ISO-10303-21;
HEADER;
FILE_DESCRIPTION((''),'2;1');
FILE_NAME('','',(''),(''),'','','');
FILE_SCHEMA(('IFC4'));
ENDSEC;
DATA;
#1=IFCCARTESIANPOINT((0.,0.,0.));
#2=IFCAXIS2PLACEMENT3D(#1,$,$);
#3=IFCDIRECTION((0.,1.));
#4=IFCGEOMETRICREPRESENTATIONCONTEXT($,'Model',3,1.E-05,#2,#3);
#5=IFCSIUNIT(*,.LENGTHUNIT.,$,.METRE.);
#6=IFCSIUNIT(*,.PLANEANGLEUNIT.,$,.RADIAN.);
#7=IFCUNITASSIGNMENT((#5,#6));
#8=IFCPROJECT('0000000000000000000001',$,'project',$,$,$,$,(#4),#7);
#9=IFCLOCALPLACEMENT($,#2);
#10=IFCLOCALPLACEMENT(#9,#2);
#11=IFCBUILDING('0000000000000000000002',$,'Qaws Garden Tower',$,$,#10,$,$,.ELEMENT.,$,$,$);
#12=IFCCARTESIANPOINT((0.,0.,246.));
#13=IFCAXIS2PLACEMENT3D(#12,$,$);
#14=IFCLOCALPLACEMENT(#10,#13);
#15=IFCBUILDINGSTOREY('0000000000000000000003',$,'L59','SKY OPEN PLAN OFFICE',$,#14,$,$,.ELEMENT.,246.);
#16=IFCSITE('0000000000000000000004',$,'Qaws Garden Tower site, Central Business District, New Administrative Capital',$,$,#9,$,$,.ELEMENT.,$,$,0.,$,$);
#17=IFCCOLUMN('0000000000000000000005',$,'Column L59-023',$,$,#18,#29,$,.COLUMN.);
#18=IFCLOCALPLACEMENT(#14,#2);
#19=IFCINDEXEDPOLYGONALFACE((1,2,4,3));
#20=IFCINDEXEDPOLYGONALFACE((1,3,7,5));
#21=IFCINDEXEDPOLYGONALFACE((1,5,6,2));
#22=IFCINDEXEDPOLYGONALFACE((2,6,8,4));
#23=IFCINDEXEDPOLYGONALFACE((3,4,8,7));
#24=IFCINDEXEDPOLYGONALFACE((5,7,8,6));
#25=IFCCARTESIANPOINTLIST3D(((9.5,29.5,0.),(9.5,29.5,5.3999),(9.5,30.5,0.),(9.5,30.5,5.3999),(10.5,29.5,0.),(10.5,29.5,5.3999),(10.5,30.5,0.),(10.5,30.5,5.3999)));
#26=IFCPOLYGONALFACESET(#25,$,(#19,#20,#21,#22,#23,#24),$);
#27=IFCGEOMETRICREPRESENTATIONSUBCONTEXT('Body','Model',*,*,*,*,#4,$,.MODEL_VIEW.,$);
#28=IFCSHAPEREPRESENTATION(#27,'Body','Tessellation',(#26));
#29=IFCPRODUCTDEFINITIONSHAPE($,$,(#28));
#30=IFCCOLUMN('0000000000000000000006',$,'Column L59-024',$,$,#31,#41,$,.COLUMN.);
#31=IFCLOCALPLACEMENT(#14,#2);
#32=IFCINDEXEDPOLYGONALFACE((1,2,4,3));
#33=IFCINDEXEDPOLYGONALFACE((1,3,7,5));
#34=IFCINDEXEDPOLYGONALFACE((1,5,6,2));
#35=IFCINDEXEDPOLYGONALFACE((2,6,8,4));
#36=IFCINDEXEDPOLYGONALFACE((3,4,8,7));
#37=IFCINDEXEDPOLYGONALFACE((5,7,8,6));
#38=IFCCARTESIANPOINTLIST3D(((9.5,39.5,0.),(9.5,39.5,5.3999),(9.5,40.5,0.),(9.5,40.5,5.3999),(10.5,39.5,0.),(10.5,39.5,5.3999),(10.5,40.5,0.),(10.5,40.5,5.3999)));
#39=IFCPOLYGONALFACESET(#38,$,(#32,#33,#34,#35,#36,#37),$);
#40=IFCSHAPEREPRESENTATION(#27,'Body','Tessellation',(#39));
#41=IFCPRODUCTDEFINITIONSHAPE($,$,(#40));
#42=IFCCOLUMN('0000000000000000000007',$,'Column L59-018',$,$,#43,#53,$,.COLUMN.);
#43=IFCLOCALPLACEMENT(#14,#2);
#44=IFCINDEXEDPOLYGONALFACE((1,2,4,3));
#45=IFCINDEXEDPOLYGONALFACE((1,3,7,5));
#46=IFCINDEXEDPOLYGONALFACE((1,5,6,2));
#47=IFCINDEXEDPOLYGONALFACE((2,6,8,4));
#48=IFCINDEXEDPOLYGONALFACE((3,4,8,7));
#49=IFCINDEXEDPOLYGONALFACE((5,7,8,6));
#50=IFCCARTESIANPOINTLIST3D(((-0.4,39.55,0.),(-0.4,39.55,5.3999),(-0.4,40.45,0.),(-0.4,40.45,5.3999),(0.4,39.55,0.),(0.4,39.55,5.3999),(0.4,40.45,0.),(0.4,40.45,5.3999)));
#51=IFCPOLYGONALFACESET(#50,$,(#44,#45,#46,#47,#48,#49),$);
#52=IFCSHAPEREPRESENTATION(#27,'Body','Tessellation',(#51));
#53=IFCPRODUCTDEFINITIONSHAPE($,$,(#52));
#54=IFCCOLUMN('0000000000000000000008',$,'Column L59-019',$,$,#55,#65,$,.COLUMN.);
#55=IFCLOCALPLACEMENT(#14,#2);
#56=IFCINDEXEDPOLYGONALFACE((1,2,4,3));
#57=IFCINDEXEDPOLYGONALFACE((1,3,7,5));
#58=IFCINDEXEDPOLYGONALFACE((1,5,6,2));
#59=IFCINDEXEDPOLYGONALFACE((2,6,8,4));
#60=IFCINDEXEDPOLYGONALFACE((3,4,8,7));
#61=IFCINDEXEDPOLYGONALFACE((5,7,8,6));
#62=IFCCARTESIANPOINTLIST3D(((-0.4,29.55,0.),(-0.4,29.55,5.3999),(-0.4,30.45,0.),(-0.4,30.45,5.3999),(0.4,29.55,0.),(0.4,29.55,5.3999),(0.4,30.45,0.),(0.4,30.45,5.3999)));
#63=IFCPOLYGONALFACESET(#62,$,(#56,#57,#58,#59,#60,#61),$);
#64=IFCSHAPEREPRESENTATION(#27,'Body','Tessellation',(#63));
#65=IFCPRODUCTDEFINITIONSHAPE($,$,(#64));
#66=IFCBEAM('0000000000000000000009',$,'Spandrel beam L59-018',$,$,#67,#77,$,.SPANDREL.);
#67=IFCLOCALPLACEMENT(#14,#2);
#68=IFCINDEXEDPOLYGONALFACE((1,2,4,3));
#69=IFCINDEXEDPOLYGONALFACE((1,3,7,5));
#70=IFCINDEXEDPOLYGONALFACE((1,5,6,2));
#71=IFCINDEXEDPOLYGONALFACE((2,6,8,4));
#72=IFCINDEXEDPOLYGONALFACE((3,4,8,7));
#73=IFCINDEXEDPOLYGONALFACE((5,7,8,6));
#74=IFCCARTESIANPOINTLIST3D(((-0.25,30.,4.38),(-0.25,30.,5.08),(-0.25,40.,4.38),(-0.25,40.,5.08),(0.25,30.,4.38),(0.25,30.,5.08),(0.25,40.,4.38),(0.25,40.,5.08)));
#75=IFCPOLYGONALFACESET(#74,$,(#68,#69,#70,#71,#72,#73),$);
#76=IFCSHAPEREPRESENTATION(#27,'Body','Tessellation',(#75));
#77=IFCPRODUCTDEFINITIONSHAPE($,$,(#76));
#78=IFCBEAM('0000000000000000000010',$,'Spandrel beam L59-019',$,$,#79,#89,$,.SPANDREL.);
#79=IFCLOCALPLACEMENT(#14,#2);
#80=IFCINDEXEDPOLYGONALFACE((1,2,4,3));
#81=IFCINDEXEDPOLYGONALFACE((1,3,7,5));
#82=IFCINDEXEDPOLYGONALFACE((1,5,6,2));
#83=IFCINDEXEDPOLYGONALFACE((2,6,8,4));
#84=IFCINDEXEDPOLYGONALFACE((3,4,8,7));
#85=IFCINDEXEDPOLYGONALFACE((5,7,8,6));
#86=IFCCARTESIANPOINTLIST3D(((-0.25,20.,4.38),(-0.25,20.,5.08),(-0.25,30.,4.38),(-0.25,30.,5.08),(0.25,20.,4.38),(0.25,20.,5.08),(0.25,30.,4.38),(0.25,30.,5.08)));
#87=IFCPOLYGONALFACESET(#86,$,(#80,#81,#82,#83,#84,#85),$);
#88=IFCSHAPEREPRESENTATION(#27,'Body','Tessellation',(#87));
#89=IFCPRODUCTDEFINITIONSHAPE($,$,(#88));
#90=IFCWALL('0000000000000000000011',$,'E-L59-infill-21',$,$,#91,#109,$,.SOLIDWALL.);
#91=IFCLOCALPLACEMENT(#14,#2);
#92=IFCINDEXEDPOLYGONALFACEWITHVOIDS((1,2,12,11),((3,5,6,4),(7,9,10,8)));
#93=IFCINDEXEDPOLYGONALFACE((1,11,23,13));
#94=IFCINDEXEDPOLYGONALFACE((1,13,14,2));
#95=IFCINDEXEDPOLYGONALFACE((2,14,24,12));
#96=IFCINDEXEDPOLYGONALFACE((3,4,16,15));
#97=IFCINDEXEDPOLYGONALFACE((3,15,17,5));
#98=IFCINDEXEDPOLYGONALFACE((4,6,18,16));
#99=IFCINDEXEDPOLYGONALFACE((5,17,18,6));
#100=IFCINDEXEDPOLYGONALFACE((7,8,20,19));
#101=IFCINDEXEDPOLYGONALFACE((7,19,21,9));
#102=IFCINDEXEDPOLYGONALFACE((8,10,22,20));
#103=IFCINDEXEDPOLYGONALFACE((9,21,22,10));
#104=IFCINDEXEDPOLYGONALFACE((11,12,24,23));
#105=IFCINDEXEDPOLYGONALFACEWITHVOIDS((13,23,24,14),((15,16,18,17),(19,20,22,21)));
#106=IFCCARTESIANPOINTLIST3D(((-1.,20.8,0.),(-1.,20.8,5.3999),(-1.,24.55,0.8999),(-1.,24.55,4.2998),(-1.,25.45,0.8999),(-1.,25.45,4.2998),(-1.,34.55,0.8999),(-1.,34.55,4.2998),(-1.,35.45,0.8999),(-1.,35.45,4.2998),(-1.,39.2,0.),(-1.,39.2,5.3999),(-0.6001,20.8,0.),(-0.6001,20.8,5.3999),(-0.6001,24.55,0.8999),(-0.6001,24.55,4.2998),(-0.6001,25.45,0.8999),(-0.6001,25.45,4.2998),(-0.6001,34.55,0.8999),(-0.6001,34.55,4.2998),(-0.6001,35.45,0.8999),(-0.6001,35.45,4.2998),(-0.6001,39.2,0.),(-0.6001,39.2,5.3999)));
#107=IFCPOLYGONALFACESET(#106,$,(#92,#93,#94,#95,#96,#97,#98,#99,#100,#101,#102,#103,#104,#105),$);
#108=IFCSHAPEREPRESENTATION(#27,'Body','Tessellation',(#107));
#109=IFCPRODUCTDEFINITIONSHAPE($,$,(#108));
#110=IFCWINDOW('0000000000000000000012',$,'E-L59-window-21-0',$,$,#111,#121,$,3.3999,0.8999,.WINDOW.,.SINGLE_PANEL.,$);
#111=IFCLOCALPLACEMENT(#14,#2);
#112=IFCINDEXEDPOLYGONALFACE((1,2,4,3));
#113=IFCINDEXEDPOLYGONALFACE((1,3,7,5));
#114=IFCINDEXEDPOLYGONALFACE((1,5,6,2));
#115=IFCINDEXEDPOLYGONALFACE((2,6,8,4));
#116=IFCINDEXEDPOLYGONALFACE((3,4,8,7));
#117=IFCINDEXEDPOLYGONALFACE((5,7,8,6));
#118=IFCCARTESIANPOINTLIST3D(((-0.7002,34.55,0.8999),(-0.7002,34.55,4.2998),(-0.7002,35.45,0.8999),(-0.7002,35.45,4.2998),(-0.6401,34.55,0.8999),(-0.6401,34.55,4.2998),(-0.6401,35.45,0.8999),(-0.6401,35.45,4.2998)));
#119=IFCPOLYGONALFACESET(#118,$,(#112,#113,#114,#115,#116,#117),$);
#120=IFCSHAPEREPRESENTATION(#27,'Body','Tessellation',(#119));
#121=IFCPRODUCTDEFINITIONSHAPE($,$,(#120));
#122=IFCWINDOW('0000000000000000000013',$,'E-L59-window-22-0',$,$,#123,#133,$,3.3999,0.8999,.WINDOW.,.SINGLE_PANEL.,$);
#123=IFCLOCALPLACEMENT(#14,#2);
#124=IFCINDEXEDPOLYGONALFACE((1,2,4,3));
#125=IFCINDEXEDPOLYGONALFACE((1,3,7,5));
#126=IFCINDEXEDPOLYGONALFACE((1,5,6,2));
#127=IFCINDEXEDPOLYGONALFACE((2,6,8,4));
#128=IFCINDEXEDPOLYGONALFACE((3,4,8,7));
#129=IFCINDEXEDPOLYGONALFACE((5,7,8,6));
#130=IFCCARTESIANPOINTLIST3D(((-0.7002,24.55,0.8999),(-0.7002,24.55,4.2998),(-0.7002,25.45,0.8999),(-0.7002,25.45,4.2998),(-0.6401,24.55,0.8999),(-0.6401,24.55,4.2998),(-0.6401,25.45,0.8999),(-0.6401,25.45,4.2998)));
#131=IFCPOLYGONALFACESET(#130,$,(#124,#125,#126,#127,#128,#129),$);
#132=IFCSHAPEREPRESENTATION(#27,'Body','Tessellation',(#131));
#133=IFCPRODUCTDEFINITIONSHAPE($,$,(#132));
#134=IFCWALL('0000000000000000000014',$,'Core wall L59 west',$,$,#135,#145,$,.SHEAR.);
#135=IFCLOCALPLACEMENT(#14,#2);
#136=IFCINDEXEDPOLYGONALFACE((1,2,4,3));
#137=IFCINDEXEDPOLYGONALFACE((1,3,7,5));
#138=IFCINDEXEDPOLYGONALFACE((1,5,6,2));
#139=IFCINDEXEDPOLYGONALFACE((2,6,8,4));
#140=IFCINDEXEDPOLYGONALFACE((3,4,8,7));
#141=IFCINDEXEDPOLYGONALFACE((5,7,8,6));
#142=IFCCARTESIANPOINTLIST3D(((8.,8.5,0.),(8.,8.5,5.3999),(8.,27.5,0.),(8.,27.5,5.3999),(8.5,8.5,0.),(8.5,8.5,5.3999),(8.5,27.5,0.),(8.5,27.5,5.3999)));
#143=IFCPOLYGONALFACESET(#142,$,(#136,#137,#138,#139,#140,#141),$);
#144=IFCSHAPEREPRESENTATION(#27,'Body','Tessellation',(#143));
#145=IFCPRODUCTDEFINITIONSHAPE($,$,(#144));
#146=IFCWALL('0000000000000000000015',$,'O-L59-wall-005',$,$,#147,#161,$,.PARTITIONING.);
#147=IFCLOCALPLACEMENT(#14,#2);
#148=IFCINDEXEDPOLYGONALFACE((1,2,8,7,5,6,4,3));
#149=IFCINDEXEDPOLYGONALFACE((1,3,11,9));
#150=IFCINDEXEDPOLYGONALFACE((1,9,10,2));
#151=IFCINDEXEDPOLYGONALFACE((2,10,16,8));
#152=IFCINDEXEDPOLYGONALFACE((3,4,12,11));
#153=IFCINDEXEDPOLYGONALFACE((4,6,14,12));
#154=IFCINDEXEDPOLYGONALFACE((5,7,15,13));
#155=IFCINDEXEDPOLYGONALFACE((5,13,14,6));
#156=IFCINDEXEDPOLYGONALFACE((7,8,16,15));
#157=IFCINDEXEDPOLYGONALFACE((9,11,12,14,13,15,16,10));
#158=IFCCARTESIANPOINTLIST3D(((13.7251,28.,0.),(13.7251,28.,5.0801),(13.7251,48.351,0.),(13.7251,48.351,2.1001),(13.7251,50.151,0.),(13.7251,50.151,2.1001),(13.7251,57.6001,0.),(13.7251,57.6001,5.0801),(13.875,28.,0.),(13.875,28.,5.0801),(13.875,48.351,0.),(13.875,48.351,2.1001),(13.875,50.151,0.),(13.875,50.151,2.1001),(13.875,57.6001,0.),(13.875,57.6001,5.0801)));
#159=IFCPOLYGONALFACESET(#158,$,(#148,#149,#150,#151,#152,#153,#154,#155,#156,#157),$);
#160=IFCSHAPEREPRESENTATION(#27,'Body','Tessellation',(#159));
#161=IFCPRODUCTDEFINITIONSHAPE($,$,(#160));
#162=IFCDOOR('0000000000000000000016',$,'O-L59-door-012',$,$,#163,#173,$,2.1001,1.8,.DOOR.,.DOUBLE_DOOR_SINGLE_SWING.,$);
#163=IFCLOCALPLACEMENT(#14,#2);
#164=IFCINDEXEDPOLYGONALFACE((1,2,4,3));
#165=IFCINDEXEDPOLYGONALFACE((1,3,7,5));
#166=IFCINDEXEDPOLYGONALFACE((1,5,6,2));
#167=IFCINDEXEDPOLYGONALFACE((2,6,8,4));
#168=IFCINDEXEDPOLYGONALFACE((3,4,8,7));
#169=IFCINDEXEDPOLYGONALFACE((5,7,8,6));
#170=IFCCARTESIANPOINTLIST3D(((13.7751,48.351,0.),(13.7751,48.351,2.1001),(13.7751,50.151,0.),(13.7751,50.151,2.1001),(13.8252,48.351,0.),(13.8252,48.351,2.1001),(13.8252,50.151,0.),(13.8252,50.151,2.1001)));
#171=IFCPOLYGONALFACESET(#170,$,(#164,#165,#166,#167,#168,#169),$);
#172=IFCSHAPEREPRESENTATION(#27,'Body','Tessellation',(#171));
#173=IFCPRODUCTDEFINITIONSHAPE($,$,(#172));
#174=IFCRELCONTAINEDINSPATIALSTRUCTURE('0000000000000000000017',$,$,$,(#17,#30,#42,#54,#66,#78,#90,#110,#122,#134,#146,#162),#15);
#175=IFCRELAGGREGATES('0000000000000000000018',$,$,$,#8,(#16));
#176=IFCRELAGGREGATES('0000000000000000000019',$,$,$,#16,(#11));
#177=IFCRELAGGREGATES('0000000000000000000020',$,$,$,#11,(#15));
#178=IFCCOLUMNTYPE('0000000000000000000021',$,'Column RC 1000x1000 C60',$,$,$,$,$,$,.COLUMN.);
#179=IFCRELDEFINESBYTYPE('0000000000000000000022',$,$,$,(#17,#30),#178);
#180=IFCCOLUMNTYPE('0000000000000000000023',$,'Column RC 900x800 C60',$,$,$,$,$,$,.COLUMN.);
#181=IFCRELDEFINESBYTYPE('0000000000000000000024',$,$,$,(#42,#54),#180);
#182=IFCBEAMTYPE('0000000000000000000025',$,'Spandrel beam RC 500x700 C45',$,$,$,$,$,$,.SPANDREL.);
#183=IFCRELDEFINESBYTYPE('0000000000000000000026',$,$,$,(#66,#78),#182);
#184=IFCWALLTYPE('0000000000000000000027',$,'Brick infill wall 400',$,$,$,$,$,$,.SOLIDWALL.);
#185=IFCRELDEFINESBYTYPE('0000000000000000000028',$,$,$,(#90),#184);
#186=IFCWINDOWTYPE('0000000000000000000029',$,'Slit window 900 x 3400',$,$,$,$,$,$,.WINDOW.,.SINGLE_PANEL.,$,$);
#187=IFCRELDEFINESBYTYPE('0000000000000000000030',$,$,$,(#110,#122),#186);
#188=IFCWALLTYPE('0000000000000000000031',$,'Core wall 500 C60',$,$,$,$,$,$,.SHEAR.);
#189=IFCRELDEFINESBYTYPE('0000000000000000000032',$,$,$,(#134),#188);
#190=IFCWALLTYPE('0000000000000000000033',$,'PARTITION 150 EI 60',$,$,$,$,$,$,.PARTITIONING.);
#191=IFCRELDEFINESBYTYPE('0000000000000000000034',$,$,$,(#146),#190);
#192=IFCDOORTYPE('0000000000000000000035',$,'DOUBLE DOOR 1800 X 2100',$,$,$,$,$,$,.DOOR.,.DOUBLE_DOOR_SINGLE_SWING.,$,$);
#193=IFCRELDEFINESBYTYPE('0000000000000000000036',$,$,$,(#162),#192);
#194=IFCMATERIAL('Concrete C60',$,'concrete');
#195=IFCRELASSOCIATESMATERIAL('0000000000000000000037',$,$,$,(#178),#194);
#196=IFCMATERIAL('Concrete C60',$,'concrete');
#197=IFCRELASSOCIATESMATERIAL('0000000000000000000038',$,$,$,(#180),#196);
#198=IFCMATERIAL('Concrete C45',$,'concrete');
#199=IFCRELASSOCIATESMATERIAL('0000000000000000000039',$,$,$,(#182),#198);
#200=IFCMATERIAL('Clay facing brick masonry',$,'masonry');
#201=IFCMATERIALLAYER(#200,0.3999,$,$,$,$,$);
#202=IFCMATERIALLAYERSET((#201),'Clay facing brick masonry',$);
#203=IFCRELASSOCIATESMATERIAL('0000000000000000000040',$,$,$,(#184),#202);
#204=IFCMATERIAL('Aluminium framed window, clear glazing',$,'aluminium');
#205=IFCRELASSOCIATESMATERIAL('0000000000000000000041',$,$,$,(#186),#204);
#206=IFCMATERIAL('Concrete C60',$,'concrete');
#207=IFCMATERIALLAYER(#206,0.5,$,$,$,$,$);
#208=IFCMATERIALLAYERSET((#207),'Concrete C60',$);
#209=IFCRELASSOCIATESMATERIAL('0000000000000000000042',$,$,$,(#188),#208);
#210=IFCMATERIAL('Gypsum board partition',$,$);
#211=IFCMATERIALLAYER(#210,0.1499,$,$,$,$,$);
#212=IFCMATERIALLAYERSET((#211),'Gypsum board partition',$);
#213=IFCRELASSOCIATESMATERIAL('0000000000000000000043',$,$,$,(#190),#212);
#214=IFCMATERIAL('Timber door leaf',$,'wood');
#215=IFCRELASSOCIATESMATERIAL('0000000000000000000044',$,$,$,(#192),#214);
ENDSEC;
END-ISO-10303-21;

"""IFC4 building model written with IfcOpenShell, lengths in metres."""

from ifc_helpers import new_model, si_unit, direction, frame, frame_2d, origin, origin_2d, place, context, subcontext, project, spatial, rectangle, extrude, material, layer, layer_set, material_profile, profile_set, type_object, element, fill, save


model = new_model("IFC4")

# Units and contexts
model_context = context("Model", 3, precision=1e-05, world=origin(), true_north=direction((0.0, 1.0)))
body_context = subcontext(model_context, "Body", "Model", "MODEL_VIEW")
ifc_project = project(units=[si_unit("LENGTHUNIT", "METRE"), si_unit("PLANEANGLEUNIT", "RADIAN")], contexts=[model_context])

# Site, building, storey
site_placement = place(None, origin())
site = spatial("IfcSite", under=ifc_project, at=site_placement, Name="Qaws Garden Tower site, Central Business District, New Administrative Capital", CompositionType="ELEMENT", RefElevation=0.0)
building_placement = place(site_placement, origin())
building = spatial("IfcBuilding", under=site, at=building_placement, Name="Qaws Garden Tower", CompositionType="ELEMENT")
storey_placement = place(building_placement, frame((0.0, 0.0, 246.0)))
storey = spatial("IfcBuildingStorey", under=building, at=storey_placement, Name="L59", Description="SKY OPEN PLAN OFFICE", CompositionType="ELEMENT", Elevation=246.0)

# Columns
ifc_material_1 = material(Name="Concrete C60", Category="concrete")
ifc_material_profile_1 = material_profile(ifc_material_1, rectangle(XDim=1.0, YDim=1.0, at=origin_2d()), Name="RC 1000x1000")
ifc_profile_set_1 = profile_set([ifc_material_profile_1], Name="Concrete C60")
column_type_1 = type_object("IfcColumnType", Name="Column RC 1000x1000 C60", PredefinedType="COLUMN", material=ifc_profile_set_1)
for number, where, z_axis, x_axis, name in (
    (1, (10.0, 30.0, 0.0), (0.0, 0.0, 1.0), (1.0, 0.0, 0.0), "Column L59-023"),
    (2, (10.0, 40.0, 0.0), (0.0, 0.0, 1.0), (1.0, 0.0, 0.0), "Column L59-024"),
):
    element("IfcColumn", number, at=place(storey_placement, frame(where, z_axis=z_axis, x_axis=x_axis)), inside=storey, type_object=column_type_1, Name=name, PredefinedType="COLUMN", context=body_context, shape_type="SweptSolid", body=[
        extrude(rectangle(XDim=1.0, YDim=1.0, at=origin_2d()), origin(), (0.0, 0.0, 1.0), 5.3999),
    ])
ifc_material_2 = material(Name="Concrete C60", Category="concrete")
ifc_material_profile_2 = material_profile(ifc_material_2, rectangle(XDim=0.8999, YDim=0.8, at=origin_2d()), Name="RC 900x800")
ifc_profile_set_2 = profile_set([ifc_material_profile_2], Name="Concrete C60")
column_type_2 = type_object("IfcColumnType", Name="Column RC 900x800 C60", PredefinedType="COLUMN", material=ifc_profile_set_2)
for number, where, z_axis, x_axis, name in (
    (3, (0.0, 40.0, 0.0), (0.0, 0.0, 1.0), (0.0, 1.0, 0.0), "Column L59-018"),
    (4, (0.0, 30.0, 0.0), (0.0, 0.0, 1.0), (0.0, 1.0, 0.0), "Column L59-019"),
):
    element("IfcColumn", number, at=place(storey_placement, frame(where, z_axis=z_axis, x_axis=x_axis)), inside=storey, type_object=column_type_2, Name=name, PredefinedType="COLUMN", context=body_context, shape_type="SweptSolid", body=[
        extrude(rectangle(XDim=0.8999, YDim=0.8, at=origin_2d()), origin(), (0.0, 0.0, 1.0), 5.3999),
    ])

# Beams
ifc_material_3 = material(Name="Concrete C45", Category="concrete")
ifc_material_profile_3 = material_profile(ifc_material_3, rectangle(XDim=0.5, YDim=0.7, at=origin_2d()), Name="RC 500x700")
ifc_profile_set_3 = profile_set([ifc_material_profile_3], Name="Concrete C45")
beam_type = type_object("IfcBeamType", Name="Spandrel beam RC 500x700 C45", PredefinedType="SPANDREL", material=ifc_profile_set_3)
for number, where, z_axis, x_axis, name in (
    (5, (0.0, 40.0, 4.73), (0.0, -1.0, 0.0), (1.0, 0.0, 0.0), "Spandrel beam L59-018"),
    (6, (0.0, 30.0, 4.73), (0.0, -1.0, 0.0), (1.0, 0.0, 0.0), "Spandrel beam L59-019"),
):
    element("IfcBeam", number, at=place(storey_placement, frame(where, z_axis=z_axis, x_axis=x_axis)), inside=storey, type_object=beam_type, Name=name, PredefinedType="SPANDREL", context=body_context, shape_type="SweptSolid", body=[
        extrude(rectangle(XDim=0.5, YDim=0.7, at=origin_2d()), origin(), (0.0, 0.0, 1.0), 10.0),
    ])

# Wall, openings, windows
ifc_material_4 = material(Name="Clay facing brick masonry", Category="masonry")
ifc_layer_1 = layer(ifc_material_4, 0.3999)
ifc_layer_set_1 = layer_set([ifc_layer_1], Name="Clay facing brick masonry")
wall_type_1 = type_object("IfcWallType", Name="Brick infill wall 400", PredefinedType="SOLIDWALL", material=ifc_layer_set_1)
wall_1_placement = place(storey_placement, frame((-0.8, 39.2, 0.0), z_axis=(0.0, 0.0, 1.0), x_axis=(0.0, -1.0, 0.0)))
wall_1 = element("IfcWall", 7, at=wall_1_placement, inside=storey, type_object=wall_type_1, Name="E-L59-infill-21", PredefinedType="SOLIDWALL", context=body_context, shape_type="SweptSolid", body=[
    extrude(rectangle(XDim=18.3999, YDim=0.3999, at=frame_2d((9.2, 0.0))), origin(), (0.0, 0.0, 1.0), 5.3999),
])
opening_1_placement = place(wall_1_placement, frame((3.75, 0.0, 0.8999)))
opening_1 = element("IfcOpeningElement", 8, at=opening_1_placement, cuts=wall_1, PredefinedType="OPENING", context=body_context, shape_type="SweptSolid", body=[
    extrude(rectangle(XDim=0.8999, YDim=3.3999, at=frame_2d((0.45, 1.7))), frame((0.0, 0.21, 0.0), z_axis=(0.0, -1.0, 0.0), x_axis=(1.0, 0.0, 0.0)), (0.0, 0.0, 1.0), 0.4199),
])
opening_2_placement = place(wall_1_placement, frame((13.75, 0.0, 0.8999)))
opening_2 = element("IfcOpeningElement", 9, at=opening_2_placement, cuts=wall_1, PredefinedType="OPENING", context=body_context, shape_type="SweptSolid", body=[
    extrude(rectangle(XDim=0.8999, YDim=3.3999, at=frame_2d((0.45, 1.7))), frame((0.0, 0.21, 0.0), z_axis=(0.0, -1.0, 0.0), x_axis=(1.0, 0.0, 0.0)), (0.0, 0.0, 1.0), 0.4199),
])
ifc_material_5 = material(Name="Aluminium framed window, clear glazing", Category="aluminium")
window_type = type_object("IfcWindowType", Name="Slit window 900 x 3400", PartitioningType="SINGLE_PANEL", PredefinedType="WINDOW", material=ifc_material_5)
window_1_placement = place(opening_1_placement, origin())
window_1 = element("IfcWindow", 10, at=window_1_placement, inside=storey, type_object=window_type, Name="E-L59-window-21-0", OverallHeight=3.3999, OverallWidth=0.8999, PartitioningType="SINGLE_PANEL", PredefinedType="WINDOW", context=body_context, shape_type="SweptSolid", body=[
    extrude(rectangle(XDim=0.8999, YDim=3.3999, at=frame_2d((0.45, 1.7))), frame((0.0, 0.1599, 0.0), z_axis=(0.0, -1.0, 0.0), x_axis=(1.0, 0.0, 0.0)), (0.0, 0.0, 1.0), 0.0601),
])
fill(opening_1, window_1)
window_2_placement = place(opening_2_placement, origin())
window_2 = element("IfcWindow", 11, at=window_2_placement, inside=storey, type_object=window_type, Name="E-L59-window-22-0", OverallHeight=3.3999, OverallWidth=0.8999, PartitioningType="SINGLE_PANEL", PredefinedType="WINDOW", context=body_context, shape_type="SweptSolid", body=[
    extrude(rectangle(XDim=0.8999, YDim=3.3999, at=frame_2d((0.45, 1.7))), frame((0.0, 0.1599, 0.0), z_axis=(0.0, -1.0, 0.0), x_axis=(1.0, 0.0, 0.0)), (0.0, 0.0, 1.0), 0.0601),
])
fill(opening_2, window_2)

# Wall
ifc_material_6 = material(Name="Concrete C60", Category="concrete")
ifc_layer_2 = layer(ifc_material_6, 0.5)
ifc_layer_set_2 = layer_set([ifc_layer_2], Name="Concrete C60")
wall_type_2 = type_object("IfcWallType", Name="Core wall 500 C60", PredefinedType="SHEAR", material=ifc_layer_set_2)
wall_2_placement = place(storey_placement, frame((8.25, 27.5, 0.0), z_axis=(0.0, 0.0, 1.0), x_axis=(0.0, -1.0, 0.0)))
element("IfcWall", 12, at=wall_2_placement, inside=storey, type_object=wall_type_2, Name="Core wall L59 west", PredefinedType="SHEAR", context=body_context, shape_type="SweptSolid", body=[
    extrude(rectangle(XDim=19.0, YDim=0.5, at=frame_2d((9.5, 0.0))), origin(), (0.0, 0.0, 1.0), 5.3999),
])

# Wall, opening, door
ifc_material_7 = material(Name="Gypsum board partition")
ifc_layer_3 = layer(ifc_material_7, 0.1499)
ifc_layer_set_3 = layer_set([ifc_layer_3], Name="Gypsum board partition")
wall_type_3 = type_object("IfcWallType", Name="PARTITION 150 EI 60", PredefinedType="PARTITIONING", material=ifc_layer_set_3)
wall_3_placement = place(storey_placement, frame((13.8, 28.0, 0.0), z_axis=(0.0, 0.0, 1.0), x_axis=(0.0, 1.0, 0.0)))
wall_3 = element("IfcWall", 13, at=wall_3_placement, inside=storey, type_object=wall_type_3, Name="O-L59-wall-005", PredefinedType="PARTITIONING", context=body_context, shape_type="SweptSolid", body=[
    extrude(rectangle(XDim=29.6001, YDim=0.1499, at=frame_2d((14.8, 0.0))), origin(), (0.0, 0.0, 1.0), 5.0801),
])
opening_3_placement = place(wall_3_placement, frame((20.3511, 0.0, 0.0)))
opening_3 = element("IfcOpeningElement", 14, at=opening_3_placement, cuts=wall_3, PredefinedType="OPENING", context=body_context, shape_type="SweptSolid", body=[
    extrude(rectangle(XDim=1.8, YDim=2.1001, at=frame_2d((0.8999, 1.05))), frame((0.0, 0.085, 0.0), z_axis=(0.0, -1.0, 0.0), x_axis=(1.0, 0.0, 0.0)), (0.0, 0.0, 1.0), 0.1699),
])
ifc_material_8 = material(Name="Timber door leaf", Category="wood")
door_type_1 = type_object("IfcDoorType", Name="DOUBLE DOOR 1800 X 2100", OperationType="DOUBLE_DOOR_SINGLE_SWING", PredefinedType="DOOR", material=ifc_material_8)
door_1_placement = place(opening_3_placement, origin())
door_1 = element("IfcDoor", 15, at=door_1_placement, inside=storey, type_object=door_type_1, Name="O-L59-door-012", OperationType="DOUBLE_DOOR_SINGLE_SWING", OverallHeight=2.1001, OverallWidth=1.8, PredefinedType="DOOR", context=body_context, shape_type="SweptSolid", body=[
    extrude(rectangle(XDim=1.8, YDim=2.1001, at=frame_2d((0.8999, 1.05))), frame((0.0, 0.0249, 0.0), z_axis=(0.0, -1.0, 0.0), x_axis=(1.0, 0.0, 0.0)), (0.0, 0.0, 1.0), 0.05),
])
fill(opening_3, door_1)

save(model, "model.ifc")
